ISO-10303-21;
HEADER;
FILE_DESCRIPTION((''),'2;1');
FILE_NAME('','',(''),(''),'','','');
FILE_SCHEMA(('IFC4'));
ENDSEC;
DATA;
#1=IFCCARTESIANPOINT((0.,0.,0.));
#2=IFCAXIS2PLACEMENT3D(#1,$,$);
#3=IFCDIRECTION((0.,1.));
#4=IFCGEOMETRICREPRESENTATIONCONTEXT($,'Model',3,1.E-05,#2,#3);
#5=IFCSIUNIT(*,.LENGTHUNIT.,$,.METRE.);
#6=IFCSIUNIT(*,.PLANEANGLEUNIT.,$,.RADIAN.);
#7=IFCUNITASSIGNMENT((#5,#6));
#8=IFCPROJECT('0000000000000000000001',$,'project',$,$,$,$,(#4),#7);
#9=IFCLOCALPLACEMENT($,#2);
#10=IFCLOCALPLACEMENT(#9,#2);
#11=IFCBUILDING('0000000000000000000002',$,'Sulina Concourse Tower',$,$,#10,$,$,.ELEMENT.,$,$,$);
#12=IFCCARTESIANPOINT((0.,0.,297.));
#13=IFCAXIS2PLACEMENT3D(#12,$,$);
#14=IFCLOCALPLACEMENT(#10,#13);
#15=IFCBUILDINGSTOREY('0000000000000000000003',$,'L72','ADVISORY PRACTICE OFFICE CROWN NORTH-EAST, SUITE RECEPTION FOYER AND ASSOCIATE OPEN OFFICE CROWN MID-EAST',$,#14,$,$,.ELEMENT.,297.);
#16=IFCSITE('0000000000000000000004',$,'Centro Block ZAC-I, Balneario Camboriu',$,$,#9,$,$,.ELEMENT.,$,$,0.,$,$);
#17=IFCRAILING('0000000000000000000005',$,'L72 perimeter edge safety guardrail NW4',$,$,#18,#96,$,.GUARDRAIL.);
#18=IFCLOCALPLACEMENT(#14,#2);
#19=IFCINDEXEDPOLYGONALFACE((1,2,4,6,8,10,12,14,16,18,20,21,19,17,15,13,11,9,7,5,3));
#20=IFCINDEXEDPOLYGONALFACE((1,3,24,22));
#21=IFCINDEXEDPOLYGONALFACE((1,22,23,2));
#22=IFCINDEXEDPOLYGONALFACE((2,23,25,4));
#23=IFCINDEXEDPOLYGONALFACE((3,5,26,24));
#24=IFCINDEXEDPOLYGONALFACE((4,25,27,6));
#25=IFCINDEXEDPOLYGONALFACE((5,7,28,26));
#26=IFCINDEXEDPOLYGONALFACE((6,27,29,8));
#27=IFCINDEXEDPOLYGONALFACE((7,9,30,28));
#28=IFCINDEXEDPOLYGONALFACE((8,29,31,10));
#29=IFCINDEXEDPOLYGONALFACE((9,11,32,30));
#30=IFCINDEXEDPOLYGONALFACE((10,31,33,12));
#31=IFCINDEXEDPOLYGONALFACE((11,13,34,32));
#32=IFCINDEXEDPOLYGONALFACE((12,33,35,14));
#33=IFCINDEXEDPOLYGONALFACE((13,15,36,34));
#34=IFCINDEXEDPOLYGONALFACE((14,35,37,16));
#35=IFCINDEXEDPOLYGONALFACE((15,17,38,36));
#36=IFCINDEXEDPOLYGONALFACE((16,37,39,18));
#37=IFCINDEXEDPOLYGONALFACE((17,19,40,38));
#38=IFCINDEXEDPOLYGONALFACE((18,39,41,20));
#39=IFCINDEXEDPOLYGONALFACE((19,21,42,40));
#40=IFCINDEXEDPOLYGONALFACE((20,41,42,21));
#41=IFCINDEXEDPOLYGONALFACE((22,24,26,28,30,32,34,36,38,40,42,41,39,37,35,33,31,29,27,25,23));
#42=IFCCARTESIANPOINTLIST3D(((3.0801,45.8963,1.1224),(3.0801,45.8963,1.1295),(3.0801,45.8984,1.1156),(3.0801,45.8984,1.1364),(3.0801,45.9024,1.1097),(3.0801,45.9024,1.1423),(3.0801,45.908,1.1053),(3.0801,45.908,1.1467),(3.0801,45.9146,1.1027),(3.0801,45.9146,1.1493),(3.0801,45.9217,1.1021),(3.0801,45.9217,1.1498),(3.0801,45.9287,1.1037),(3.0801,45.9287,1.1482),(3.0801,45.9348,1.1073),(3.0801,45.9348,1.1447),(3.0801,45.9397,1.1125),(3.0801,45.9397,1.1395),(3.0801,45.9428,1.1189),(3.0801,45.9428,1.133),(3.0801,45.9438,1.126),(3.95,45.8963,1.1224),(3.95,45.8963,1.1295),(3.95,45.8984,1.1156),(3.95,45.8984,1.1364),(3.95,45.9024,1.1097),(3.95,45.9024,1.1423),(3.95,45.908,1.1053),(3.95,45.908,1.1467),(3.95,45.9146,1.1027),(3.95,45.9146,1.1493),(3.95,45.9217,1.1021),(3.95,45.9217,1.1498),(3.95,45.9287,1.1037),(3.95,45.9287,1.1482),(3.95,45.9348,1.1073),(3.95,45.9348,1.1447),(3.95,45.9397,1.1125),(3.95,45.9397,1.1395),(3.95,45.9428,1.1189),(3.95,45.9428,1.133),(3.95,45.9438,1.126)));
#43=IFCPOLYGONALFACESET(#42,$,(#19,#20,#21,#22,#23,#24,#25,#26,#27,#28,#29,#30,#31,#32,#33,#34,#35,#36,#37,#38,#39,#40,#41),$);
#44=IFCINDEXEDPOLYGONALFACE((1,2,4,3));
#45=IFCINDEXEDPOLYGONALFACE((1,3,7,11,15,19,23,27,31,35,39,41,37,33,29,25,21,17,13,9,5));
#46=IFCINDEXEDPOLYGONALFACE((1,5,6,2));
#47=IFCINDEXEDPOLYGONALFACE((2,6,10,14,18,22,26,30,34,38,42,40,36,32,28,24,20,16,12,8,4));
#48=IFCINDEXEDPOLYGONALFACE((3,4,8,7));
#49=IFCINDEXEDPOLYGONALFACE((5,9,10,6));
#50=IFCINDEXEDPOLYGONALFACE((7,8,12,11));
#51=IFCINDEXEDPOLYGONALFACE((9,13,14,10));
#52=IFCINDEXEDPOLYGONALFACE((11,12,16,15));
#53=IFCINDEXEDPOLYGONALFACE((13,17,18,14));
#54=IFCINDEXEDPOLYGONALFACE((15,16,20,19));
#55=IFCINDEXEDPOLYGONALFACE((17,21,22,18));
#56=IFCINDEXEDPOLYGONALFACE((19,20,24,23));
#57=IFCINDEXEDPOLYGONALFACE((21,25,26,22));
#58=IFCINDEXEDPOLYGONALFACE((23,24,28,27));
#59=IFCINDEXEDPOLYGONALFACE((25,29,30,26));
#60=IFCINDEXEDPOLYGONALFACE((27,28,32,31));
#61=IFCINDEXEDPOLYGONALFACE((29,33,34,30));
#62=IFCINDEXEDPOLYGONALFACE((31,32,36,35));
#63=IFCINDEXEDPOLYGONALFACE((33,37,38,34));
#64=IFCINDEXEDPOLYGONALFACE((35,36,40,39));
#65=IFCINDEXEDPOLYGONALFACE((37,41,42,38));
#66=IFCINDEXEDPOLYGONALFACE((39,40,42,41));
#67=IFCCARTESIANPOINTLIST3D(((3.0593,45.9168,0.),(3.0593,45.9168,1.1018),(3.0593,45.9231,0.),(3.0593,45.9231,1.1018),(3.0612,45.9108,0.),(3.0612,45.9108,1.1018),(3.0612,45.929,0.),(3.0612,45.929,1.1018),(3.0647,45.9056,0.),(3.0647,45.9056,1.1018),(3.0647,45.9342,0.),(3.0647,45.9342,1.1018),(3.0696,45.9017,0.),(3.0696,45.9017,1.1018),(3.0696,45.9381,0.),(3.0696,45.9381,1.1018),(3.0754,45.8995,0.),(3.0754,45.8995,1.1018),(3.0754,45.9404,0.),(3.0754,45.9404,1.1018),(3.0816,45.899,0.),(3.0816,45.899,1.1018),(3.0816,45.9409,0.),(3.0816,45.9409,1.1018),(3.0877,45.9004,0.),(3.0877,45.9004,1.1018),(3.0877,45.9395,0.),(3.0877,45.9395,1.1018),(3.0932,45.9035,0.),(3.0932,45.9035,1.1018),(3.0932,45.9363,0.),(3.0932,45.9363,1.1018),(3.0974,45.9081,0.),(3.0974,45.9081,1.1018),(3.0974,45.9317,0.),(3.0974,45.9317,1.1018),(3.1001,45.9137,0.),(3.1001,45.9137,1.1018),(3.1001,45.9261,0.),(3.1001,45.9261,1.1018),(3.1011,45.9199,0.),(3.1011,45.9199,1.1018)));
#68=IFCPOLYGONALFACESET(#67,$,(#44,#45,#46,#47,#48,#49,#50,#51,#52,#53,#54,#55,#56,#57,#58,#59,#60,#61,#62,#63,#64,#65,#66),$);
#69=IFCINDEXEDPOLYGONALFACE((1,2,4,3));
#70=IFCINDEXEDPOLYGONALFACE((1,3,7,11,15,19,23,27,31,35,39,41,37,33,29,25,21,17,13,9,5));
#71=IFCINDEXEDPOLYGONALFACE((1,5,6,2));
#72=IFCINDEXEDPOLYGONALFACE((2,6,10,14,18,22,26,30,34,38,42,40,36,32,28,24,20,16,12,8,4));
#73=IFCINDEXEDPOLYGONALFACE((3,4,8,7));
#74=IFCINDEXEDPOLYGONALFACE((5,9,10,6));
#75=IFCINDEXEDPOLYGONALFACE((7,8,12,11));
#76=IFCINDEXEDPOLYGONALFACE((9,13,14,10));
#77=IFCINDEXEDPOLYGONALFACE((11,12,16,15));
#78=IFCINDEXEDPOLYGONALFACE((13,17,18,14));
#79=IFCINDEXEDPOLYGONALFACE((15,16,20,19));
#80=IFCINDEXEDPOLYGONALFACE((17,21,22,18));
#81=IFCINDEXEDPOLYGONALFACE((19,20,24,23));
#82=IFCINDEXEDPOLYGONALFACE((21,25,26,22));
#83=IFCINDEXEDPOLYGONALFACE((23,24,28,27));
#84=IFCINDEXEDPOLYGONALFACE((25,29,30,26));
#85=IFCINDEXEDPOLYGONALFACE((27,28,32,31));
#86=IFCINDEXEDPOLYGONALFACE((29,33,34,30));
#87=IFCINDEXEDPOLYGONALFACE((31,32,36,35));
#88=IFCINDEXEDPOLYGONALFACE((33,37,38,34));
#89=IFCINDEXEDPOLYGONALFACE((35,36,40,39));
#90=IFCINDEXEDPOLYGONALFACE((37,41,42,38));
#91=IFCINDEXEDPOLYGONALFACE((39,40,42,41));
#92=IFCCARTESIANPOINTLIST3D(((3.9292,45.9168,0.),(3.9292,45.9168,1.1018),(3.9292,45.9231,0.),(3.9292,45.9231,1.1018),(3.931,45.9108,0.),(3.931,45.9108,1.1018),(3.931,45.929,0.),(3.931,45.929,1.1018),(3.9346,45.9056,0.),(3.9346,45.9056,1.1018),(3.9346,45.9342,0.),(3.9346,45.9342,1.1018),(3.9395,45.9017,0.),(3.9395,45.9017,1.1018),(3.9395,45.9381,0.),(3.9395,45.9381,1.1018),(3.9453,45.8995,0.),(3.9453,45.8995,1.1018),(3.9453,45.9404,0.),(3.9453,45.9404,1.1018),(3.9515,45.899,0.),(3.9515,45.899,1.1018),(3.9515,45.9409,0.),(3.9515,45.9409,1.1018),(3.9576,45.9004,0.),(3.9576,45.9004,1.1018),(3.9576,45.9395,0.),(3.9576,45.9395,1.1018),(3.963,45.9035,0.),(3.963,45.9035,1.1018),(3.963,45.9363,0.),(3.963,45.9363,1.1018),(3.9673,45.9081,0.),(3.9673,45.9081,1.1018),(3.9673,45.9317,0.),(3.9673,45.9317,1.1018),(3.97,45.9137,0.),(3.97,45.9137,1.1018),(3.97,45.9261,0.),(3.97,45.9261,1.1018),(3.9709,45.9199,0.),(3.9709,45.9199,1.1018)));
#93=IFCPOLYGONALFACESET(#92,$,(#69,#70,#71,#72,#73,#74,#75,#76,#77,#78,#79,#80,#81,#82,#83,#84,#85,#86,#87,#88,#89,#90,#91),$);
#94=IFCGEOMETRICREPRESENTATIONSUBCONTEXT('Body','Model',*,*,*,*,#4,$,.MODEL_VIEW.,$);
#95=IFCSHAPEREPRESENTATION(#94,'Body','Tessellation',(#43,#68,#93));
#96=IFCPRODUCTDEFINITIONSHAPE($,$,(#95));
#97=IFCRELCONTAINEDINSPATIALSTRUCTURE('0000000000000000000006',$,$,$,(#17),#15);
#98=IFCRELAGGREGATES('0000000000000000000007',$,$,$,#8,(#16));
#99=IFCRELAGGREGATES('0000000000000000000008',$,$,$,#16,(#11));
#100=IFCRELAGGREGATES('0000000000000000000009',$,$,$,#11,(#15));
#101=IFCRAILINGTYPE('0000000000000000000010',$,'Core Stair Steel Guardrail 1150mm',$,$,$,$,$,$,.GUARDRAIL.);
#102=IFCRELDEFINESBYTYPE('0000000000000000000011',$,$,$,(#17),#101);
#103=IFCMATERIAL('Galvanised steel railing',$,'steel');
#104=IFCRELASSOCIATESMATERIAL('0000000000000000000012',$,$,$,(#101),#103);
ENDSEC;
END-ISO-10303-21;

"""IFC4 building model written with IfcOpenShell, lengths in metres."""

from ifc_helpers import new_model, si_unit, direction, frame, origin, origin_2d, place, context, subcontext, project, spatial, circle, extrude, material, type_object, element, save


model = new_model("IFC4")

# Units and contexts
model_context = context("Model", 3, precision=1e-05, world=origin(), true_north=direction((0.0, 1.0)))
body_context = subcontext(model_context, "Body", "Model", "MODEL_VIEW")
ifc_project = project(units=[si_unit("LENGTHUNIT", "METRE"), si_unit("PLANEANGLEUNIT", "RADIAN")], contexts=[model_context])

# Site, building, storey
site_placement = place(None, origin())
site = spatial("IfcSite", under=ifc_project, at=site_placement, Name="Centro Block ZAC-I, Balneario Camboriu", CompositionType="ELEMENT", RefElevation=0.0)
building_placement = place(site_placement, origin())
building = spatial("IfcBuilding", under=site, at=building_placement, Name="Sulina Concourse Tower", CompositionType="ELEMENT")
storey_placement = place(building_placement, frame((0.0, 0.0, 297.0)))
storey = spatial("IfcBuildingStorey", under=building, at=storey_placement, Name="L72", Description="ADVISORY PRACTICE OFFICE CROWN NORTH-EAST, SUITE RECEPTION FOYER AND ASSOCIATE OPEN OFFICE CROWN MID-EAST", CompositionType="ELEMENT", Elevation=297.0)

# Railing
ifc_material_1 = material(Name="Galvanised steel railing", Category="steel")
railing_type_1 = type_object("IfcRailingType", Name="Core Stair Steel Guardrail 1150mm", PredefinedType="GUARDRAIL", material=ifc_material_1)
railing_1_placement = place(storey_placement, frame((3.0801, 45.9199, 0.0)))
element("IfcRailing", 1, at=railing_1_placement, inside=storey, type_object=railing_type_1, Name="L72 perimeter edge safety guardrail NW4", PredefinedType="GUARDRAIL", context=body_context, shape_type="SweptSolid", body=[
    extrude(circle(Radius=0.0239, at=origin_2d()), frame((0.0, 0.0, 1.126), z_axis=(1.0, 0.0, 0.0), x_axis=(0.0, 1.0, 0.0)), (0.0, 0.0, 1.0), 0.8699),
    extrude(circle(Radius=0.021, at=origin_2d()), origin(), (0.0, 0.0, 1.0), 1.1018),
    extrude(circle(Radius=0.021, at=origin_2d()), frame((0.8699, 0.0, 0.0)), (0.0, 0.0, 1.0), 1.1018),
])

save(model, "model.ifc")
